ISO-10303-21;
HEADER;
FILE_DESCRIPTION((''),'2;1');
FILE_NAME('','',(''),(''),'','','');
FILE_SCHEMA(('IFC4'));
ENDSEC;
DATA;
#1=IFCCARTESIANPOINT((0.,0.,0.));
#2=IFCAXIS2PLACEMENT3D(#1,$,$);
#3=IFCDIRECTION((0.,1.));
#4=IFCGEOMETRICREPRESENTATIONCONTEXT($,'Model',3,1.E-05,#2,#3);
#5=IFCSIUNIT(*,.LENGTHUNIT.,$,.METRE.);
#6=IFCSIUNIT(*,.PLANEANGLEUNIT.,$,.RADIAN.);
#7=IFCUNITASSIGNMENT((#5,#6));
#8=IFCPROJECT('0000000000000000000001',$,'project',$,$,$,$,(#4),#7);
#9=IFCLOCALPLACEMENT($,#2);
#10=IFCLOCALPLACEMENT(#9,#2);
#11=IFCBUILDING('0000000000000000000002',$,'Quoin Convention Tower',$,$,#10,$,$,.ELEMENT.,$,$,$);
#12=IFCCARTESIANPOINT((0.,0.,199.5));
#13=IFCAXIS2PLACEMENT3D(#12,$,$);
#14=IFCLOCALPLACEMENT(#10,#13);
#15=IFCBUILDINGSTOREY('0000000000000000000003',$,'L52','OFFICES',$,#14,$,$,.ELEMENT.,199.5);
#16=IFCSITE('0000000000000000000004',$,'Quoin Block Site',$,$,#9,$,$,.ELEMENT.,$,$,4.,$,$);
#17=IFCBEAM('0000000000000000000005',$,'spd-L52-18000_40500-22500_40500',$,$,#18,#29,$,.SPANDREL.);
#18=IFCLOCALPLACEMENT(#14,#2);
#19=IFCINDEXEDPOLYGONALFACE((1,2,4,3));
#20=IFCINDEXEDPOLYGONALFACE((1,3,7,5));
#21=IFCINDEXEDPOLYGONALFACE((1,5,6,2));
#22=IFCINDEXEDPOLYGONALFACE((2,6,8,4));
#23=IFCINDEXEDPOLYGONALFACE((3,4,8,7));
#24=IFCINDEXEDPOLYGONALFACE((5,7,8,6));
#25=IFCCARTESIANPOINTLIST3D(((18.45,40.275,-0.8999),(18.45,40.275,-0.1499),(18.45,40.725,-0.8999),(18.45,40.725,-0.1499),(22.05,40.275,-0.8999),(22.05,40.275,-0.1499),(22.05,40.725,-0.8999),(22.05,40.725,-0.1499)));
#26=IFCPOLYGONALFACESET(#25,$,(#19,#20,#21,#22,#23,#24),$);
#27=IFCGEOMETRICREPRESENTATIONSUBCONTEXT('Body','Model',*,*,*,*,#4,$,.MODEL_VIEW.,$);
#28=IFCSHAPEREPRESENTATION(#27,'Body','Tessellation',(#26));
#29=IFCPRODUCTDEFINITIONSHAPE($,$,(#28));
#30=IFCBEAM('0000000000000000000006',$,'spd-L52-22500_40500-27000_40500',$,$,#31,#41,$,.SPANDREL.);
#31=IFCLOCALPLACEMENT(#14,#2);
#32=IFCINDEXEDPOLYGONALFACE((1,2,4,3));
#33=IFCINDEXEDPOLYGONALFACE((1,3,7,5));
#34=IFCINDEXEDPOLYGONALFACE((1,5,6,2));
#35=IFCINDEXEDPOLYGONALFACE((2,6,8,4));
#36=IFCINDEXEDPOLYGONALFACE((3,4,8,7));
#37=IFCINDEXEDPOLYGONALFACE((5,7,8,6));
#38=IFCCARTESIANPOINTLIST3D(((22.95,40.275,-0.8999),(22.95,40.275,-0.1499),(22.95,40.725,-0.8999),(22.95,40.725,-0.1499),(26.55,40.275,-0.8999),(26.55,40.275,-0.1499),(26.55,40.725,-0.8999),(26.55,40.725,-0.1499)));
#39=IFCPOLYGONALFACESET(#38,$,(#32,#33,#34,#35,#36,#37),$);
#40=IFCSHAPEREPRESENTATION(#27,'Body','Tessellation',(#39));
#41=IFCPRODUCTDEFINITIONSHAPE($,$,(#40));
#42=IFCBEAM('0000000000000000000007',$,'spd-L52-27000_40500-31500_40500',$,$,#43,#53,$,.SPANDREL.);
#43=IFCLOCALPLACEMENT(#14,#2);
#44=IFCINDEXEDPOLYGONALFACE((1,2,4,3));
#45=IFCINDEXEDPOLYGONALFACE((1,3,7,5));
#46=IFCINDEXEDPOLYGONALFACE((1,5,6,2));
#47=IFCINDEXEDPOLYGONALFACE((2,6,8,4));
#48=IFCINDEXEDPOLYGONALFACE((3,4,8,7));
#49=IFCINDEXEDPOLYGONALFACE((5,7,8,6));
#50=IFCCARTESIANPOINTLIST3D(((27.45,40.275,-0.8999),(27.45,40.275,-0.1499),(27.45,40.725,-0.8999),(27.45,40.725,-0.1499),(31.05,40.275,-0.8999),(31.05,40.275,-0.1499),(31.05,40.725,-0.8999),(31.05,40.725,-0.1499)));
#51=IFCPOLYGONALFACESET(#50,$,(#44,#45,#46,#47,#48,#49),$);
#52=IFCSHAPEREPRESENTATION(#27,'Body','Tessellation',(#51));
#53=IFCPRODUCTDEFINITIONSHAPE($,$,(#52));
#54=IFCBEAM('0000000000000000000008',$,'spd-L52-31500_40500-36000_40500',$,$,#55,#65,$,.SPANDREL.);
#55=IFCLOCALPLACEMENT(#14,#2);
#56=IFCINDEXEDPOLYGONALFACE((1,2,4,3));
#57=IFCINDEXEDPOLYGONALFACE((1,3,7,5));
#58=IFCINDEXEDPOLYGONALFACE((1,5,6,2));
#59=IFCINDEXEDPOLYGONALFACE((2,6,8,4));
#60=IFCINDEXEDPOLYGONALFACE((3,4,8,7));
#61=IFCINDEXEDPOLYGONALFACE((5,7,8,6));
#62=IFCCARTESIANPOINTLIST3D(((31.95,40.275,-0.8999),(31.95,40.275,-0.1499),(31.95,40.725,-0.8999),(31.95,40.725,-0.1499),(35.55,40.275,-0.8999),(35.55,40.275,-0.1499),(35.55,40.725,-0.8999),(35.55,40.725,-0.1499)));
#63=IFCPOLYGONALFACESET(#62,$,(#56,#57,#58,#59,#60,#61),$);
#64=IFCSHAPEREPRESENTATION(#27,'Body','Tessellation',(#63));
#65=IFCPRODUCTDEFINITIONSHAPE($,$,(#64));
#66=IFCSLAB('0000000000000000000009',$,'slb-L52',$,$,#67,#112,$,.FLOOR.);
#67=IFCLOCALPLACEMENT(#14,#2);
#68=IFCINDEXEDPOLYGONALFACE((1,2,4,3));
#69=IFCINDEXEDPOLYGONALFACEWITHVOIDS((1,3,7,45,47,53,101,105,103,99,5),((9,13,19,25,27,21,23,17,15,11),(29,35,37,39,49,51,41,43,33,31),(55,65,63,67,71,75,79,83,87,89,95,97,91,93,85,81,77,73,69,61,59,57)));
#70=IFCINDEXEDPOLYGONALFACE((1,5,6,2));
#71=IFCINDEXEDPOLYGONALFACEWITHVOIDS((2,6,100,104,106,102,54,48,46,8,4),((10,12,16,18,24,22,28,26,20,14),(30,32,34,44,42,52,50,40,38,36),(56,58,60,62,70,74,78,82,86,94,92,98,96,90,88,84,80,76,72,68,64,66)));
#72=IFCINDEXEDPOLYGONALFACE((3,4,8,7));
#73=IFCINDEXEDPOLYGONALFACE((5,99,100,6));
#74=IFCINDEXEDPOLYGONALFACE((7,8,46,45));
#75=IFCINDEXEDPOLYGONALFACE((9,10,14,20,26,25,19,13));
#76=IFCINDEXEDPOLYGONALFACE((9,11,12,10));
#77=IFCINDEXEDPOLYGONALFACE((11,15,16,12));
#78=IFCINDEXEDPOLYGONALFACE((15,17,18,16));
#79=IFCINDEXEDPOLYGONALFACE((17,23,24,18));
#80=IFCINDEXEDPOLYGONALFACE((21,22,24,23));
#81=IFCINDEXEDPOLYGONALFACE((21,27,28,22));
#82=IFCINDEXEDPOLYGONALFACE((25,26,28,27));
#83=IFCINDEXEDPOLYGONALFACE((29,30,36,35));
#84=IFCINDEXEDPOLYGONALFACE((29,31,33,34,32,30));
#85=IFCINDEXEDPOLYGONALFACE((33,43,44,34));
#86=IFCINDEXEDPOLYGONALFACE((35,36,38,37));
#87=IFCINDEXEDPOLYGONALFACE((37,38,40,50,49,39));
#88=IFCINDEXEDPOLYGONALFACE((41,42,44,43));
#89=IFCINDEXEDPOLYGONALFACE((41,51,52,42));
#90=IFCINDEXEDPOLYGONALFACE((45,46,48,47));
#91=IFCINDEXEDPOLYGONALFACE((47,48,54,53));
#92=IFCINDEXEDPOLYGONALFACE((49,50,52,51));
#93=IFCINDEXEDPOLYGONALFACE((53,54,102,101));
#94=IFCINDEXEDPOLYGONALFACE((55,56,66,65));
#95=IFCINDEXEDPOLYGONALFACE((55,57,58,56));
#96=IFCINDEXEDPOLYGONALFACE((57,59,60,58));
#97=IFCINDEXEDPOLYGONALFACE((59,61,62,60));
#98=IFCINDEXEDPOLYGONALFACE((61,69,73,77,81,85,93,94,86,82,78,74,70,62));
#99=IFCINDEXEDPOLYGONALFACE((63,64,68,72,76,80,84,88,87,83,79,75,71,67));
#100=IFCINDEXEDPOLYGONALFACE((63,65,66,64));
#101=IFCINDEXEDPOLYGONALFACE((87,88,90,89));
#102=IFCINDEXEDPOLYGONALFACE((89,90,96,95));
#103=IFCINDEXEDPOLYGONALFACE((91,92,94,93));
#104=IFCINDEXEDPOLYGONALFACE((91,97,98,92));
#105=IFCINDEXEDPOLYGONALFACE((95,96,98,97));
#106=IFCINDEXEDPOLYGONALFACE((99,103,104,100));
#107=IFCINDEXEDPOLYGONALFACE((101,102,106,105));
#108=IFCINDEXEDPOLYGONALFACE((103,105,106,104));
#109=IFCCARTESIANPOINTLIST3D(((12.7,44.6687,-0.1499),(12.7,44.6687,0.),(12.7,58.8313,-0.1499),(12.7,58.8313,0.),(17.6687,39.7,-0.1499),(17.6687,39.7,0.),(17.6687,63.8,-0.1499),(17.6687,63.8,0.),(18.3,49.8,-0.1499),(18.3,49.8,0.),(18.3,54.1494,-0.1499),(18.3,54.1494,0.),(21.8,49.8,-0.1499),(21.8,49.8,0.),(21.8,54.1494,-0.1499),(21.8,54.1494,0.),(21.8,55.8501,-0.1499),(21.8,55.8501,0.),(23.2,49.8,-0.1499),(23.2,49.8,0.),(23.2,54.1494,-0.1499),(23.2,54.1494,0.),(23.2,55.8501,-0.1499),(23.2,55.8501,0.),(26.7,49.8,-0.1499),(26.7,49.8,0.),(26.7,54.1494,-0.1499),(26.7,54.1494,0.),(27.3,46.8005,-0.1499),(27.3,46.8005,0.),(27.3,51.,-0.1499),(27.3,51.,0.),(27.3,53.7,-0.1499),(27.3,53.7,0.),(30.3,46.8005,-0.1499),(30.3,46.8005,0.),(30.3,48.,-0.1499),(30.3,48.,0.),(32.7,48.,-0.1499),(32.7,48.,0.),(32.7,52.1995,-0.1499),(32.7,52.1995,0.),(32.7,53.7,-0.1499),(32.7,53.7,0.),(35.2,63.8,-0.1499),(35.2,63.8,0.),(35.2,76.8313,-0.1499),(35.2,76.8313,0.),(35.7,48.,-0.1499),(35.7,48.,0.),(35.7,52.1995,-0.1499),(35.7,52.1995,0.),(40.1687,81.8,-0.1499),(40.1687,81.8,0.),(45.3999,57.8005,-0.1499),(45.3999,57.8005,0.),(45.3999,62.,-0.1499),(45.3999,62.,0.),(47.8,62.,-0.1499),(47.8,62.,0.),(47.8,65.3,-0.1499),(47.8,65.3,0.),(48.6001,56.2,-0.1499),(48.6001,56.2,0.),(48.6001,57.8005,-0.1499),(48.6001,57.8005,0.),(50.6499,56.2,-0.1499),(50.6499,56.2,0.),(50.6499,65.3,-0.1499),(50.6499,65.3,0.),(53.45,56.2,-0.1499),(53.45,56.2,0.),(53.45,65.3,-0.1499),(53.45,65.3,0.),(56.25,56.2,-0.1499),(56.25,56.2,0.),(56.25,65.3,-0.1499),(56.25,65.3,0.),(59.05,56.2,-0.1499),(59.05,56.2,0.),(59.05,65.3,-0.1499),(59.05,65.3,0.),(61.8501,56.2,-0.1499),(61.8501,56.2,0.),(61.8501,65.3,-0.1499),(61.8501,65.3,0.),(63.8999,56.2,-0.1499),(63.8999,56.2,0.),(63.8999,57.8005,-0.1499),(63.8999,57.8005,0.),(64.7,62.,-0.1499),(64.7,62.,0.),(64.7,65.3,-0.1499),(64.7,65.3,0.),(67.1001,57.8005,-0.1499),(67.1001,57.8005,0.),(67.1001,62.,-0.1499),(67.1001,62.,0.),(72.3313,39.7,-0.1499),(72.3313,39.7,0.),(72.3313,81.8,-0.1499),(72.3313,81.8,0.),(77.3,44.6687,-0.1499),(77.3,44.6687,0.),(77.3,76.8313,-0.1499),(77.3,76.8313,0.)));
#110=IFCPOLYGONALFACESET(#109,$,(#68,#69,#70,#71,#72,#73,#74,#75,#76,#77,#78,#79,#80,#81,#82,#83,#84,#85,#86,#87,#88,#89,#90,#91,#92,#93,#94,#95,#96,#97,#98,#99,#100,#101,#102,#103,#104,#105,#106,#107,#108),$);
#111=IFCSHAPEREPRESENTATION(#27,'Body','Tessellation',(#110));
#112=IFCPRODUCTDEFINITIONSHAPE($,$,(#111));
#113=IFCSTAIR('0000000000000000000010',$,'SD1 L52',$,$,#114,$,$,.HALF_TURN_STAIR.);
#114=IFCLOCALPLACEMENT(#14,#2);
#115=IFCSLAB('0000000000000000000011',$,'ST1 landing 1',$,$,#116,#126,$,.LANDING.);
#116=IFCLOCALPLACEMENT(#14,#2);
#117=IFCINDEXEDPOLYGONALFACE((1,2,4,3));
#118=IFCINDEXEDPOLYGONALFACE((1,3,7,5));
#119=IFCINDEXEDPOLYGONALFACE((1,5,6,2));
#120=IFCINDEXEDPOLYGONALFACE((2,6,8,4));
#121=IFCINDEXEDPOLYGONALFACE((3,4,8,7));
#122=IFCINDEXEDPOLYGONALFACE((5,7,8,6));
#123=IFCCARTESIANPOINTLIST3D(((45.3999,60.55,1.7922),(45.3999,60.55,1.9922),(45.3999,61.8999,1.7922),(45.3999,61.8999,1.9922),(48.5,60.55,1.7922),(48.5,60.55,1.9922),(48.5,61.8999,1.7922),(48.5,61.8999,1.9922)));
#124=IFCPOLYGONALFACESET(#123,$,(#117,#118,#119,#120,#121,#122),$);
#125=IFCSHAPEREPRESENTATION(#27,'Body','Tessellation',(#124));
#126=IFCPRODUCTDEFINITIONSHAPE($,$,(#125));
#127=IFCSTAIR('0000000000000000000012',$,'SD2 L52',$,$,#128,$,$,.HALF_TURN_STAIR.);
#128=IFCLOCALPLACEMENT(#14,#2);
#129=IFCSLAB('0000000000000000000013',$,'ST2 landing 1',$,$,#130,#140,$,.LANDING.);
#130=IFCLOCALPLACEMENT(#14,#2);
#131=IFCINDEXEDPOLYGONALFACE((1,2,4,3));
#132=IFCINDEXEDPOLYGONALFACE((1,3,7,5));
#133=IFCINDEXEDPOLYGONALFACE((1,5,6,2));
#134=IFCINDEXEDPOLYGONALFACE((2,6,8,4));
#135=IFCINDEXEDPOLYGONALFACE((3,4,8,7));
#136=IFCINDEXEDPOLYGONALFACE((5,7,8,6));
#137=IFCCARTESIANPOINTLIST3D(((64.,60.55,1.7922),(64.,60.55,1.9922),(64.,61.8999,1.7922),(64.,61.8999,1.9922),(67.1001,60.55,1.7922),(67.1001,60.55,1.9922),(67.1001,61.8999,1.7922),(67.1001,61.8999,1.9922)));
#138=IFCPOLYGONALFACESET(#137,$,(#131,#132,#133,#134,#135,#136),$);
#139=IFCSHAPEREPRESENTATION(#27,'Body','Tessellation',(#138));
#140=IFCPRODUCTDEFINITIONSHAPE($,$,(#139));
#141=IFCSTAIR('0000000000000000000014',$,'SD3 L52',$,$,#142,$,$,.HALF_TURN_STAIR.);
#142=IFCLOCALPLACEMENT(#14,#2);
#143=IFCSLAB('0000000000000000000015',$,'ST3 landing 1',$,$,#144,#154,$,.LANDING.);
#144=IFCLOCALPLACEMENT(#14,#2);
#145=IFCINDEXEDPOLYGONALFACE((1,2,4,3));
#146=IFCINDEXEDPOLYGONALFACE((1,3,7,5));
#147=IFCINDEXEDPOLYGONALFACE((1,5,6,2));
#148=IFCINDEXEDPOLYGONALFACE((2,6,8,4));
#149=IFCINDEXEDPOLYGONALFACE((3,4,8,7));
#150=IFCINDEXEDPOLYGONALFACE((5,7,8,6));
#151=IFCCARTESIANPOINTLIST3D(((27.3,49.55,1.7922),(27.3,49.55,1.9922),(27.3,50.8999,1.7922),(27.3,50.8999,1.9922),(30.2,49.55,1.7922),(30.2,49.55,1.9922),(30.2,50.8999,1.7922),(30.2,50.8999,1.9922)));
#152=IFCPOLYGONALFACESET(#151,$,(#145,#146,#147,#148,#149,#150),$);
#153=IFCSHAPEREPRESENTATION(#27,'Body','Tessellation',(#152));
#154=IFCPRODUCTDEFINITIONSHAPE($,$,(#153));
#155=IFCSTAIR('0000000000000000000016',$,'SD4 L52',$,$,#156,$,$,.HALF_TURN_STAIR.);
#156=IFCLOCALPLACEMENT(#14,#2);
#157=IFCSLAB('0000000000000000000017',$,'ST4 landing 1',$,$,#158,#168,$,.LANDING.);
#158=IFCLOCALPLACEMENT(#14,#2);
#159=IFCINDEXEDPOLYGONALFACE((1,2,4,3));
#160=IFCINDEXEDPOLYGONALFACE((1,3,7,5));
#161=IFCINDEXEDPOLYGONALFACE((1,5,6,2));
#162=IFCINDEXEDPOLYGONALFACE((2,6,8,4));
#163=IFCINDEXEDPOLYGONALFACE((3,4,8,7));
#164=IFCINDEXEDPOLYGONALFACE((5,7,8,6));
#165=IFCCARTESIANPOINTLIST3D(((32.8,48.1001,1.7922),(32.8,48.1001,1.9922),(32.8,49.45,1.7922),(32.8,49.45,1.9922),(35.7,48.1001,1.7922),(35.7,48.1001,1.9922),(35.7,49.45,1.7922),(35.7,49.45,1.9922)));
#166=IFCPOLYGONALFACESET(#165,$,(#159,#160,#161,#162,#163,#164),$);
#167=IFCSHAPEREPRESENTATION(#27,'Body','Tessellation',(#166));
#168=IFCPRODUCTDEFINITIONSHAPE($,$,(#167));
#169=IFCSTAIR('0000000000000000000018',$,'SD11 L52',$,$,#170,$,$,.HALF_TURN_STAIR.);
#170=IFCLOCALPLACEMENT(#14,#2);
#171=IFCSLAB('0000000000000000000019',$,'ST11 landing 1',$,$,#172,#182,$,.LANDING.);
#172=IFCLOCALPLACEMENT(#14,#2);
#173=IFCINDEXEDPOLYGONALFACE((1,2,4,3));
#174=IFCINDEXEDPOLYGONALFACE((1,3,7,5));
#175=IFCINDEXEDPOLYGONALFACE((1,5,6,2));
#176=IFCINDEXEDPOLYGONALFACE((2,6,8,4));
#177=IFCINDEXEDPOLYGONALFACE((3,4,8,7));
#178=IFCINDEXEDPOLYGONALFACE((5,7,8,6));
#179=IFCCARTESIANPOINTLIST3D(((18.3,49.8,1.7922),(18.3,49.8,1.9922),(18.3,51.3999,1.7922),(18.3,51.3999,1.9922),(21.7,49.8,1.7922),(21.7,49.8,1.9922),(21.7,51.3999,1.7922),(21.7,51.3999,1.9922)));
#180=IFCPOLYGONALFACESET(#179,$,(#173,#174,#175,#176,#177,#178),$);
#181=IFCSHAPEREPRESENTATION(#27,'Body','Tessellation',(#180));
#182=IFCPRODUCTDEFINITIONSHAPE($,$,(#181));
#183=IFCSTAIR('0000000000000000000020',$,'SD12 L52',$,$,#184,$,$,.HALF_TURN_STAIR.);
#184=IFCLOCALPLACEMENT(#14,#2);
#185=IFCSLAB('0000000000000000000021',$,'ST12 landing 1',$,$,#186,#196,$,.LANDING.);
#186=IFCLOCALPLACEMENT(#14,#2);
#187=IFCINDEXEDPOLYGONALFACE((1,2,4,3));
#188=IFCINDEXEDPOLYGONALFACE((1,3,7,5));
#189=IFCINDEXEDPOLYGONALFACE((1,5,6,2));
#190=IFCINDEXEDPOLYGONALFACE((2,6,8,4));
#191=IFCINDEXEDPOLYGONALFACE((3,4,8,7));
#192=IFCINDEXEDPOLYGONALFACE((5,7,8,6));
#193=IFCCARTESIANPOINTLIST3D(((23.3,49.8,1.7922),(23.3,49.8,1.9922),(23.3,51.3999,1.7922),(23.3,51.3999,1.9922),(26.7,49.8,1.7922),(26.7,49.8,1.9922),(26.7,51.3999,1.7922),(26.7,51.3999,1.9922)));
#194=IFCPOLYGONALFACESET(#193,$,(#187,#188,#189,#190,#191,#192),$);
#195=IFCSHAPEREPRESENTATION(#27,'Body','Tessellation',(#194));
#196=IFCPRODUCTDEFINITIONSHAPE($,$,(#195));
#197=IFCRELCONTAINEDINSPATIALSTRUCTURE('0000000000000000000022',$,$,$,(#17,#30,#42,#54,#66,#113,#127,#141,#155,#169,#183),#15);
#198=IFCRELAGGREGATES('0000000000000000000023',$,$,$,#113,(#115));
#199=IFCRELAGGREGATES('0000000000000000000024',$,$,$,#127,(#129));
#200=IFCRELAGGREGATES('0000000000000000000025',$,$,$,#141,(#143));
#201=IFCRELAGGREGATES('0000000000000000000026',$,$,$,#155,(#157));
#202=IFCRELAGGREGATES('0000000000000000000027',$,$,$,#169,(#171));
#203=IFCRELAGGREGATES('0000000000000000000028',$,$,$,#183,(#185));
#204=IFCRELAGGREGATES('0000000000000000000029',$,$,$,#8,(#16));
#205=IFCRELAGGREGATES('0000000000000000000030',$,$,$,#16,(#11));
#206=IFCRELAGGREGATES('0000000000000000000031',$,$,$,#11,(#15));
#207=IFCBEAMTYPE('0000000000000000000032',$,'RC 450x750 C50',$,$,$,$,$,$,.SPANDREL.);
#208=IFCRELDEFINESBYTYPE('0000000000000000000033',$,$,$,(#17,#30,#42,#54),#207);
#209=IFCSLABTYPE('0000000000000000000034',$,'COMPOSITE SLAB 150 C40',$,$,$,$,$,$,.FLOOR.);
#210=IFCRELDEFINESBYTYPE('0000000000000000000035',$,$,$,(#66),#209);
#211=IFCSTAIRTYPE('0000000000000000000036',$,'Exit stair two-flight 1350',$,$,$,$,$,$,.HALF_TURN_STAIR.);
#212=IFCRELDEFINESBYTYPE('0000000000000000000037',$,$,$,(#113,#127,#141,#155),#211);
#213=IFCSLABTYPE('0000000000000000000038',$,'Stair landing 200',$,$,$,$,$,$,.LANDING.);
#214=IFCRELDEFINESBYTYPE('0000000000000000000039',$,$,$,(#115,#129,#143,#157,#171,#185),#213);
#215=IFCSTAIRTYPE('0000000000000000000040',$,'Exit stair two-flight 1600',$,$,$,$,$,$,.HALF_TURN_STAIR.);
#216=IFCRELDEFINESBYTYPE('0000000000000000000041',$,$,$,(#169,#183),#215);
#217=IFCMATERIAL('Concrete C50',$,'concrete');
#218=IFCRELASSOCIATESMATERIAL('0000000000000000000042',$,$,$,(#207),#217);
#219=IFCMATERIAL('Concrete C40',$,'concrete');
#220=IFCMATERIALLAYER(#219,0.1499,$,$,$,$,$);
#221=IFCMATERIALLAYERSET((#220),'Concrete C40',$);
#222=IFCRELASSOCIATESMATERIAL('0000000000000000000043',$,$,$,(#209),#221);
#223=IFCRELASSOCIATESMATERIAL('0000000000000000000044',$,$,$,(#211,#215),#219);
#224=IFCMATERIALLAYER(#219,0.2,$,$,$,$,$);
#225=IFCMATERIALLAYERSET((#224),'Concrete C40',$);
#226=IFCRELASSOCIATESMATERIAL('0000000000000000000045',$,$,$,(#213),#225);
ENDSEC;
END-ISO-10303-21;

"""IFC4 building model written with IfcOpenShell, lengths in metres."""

from ifc_helpers import new_model, si_unit, direction, frame, origin, origin_2d, place, context, subcontext, project, spatial, polyline, rectangle, outline, extrude, material, layer, layer_set, material_profile, profile_set, type_object, element, aggregate, save


model = new_model("IFC4")

# Units and contexts
model_context = context("Model", 3, precision=1e-05, world=origin(), true_north=direction((0.0, 1.0)))
body_context = subcontext(model_context, "Body", "Model", "MODEL_VIEW")
ifc_project = project(units=[si_unit("LENGTHUNIT", "METRE"), si_unit("PLANEANGLEUNIT", "RADIAN")], contexts=[model_context])

# Site, building, storey
site_placement = place(None, origin())
site = spatial("IfcSite", under=ifc_project, at=site_placement, Name="Quoin Block Site", CompositionType="ELEMENT", RefElevation=4.0)
building_placement = place(site_placement, origin())
building = spatial("IfcBuilding", under=site, at=building_placement, Name="Quoin Convention Tower", CompositionType="ELEMENT")
storey_placement = place(building_placement, frame((0.0, 0.0, 199.5)))
storey = spatial("IfcBuildingStorey", under=building, at=storey_placement, Name="L52", Description="OFFICES", CompositionType="ELEMENT", Elevation=199.5)

# Shared definitions
ifc_material_1 = material(Name="Concrete C50", Category="concrete")

# Beams
ifc_material_profile_1 = material_profile(ifc_material_1, rectangle(XDim=0.45, YDim=0.75, at=origin_2d()), Name="RC 450x750")
ifc_profile_set_1 = profile_set([ifc_material_profile_1], Name="Concrete C50")
beam_type_1 = type_object("IfcBeamType", Name="RC 450x750 C50", PredefinedType="SPANDREL", material=ifc_profile_set_1)
for number, where, z_axis, x_axis, name in (
    (1, (18.45, 40.5, -0.5249), (1.0, 0.0, 0.0), (0.0, 1.0, 0.0), "spd-L52-18000_40500-22500_40500"),
    (2, (22.95, 40.5, -0.5249), (1.0, 0.0, 0.0), (0.0, 1.0, 0.0), "spd-L52-22500_40500-27000_40500"),
    (3, (27.45, 40.5, -0.5249), (1.0, 0.0, 0.0), (0.0, 1.0, 0.0), "spd-L52-27000_40500-31500_40500"),
    (4, (31.95, 40.5, -0.5249), (1.0, 0.0, 0.0), (0.0, 1.0, 0.0), "spd-L52-31500_40500-36000_40500"),
):
    element("IfcBeam", number, at=place(storey_placement, frame(where, z_axis=z_axis, x_axis=x_axis)), inside=storey, type_object=beam_type_1, Name=name, PredefinedType="SPANDREL", context=body_context, shape_type="SweptSolid", body=[
        extrude(rectangle(XDim=0.45, YDim=0.75, at=origin_2d()), origin(), (0.0, 0.0, 1.0), 3.6001),
    ])

# Slab
ifc_material_2 = material(Name="Concrete C40", Category="concrete")
ifc_layer_1 = layer(ifc_material_2, 0.1499)
ifc_layer_set_1 = layer_set([ifc_layer_1], Name="Concrete C40")
slab_type_1 = type_object("IfcSlabType", Name="COMPOSITE SLAB 150 C40", PredefinedType="FLOOR", material=ifc_layer_set_1)
slab_1_placement = place(storey_placement, frame((0.0, 0.0, -0.1499)))
element("IfcSlab", 5, at=slab_1_placement, inside=storey, type_object=slab_type_1, Name="slb-L52", PredefinedType="FLOOR", context=body_context, shape_type="SweptSolid", body=[
    extrude(outline(polyline([(17.6687, 39.7), (12.7, 44.6687), (12.7, 58.8313), (17.6687, 63.8), (35.2, 63.8), (35.2, 76.8313), (40.1687, 81.8), (72.3313, 81.8), (77.3, 76.8313), (77.3, 44.6687), (72.3313, 39.7), (17.6687, 39.7)]), holes=[polyline([(27.3, 51.0), (27.3, 46.8005), (30.3, 46.8005), (30.3, 48.0), (32.7, 48.0), (35.7, 48.0), (35.7, 52.1995), (32.7, 52.1995), (32.7, 53.7), (27.3, 53.7), (27.3, 51.0)]), polyline([(18.3, 49.8), (21.8, 49.8), (23.2, 49.8), (26.7, 49.8), (26.7, 54.1494), (23.2, 54.1494), (23.2, 55.8501), (21.8, 55.8501), (21.8, 54.1494), (18.3, 54.1494), (18.3, 49.8)]), polyline([(48.6001, 56.2), (50.6499, 56.2), (53.45, 56.2), (56.25, 56.2), (59.05, 56.2), (61.8501, 56.2), (63.8999, 56.2), (63.8999, 57.8005), (67.1001, 57.8005), (67.1001, 62.0), (64.7, 62.0), (64.7, 65.3), (61.8501, 65.3), (59.05, 65.3), (56.25, 65.3), (53.45, 65.3), (50.6499, 65.3), (47.8, 65.3), (47.8, 62.0), (45.3999, 62.0), (45.3999, 57.8005), (48.6001, 57.8005), (48.6001, 56.2)])]), origin(), (0.0, 0.0, 1.0), 0.1499),
])

# Stairs, slabs
stair_type_1 = type_object("IfcStairType", Name="Exit stair two-flight 1350", PredefinedType="HALF_TURN_STAIR", material=ifc_material_2)
stair_1_placement = place(storey_placement, origin())
stair_1 = element("IfcStair", 6, at=stair_1_placement, inside=storey, type_object=stair_type_1, Name="SD1 L52", PredefinedType="HALF_TURN_STAIR")
ifc_layer_2 = layer(ifc_material_2, 0.2)
ifc_layer_set_2 = layer_set([ifc_layer_2], Name="Concrete C40")
slab_type_2 = type_object("IfcSlabType", Name="Stair landing 200", PredefinedType="LANDING", material=ifc_layer_set_2)
slab_2_placement = place(storey_placement, frame((0.0, 0.0, 1.7922)))
slab_2 = element("IfcSlab", 7, at=slab_2_placement, type_object=slab_type_2, Name="ST1 landing 1", PredefinedType="LANDING", context=body_context, shape_type="SweptSolid", body=[
    extrude(outline(polyline([(45.3999, 60.55), (48.5, 60.55), (48.5, 61.8999), (45.3999, 61.8999), (45.3999, 60.55)])), origin(), (0.0, 0.0, 1.0), 0.2),
])
aggregate(stair_1, [slab_2])
stair_2_placement = place(storey_placement, origin())
stair_2 = element("IfcStair", 8, at=stair_2_placement, inside=storey, type_object=stair_type_1, Name="SD2 L52", PredefinedType="HALF_TURN_STAIR")
slab_3_placement = place(storey_placement, frame((0.0, 0.0, 1.7922)))
slab_3 = element("IfcSlab", 9, at=slab_3_placement, type_object=slab_type_2, Name="ST2 landing 1", PredefinedType="LANDING", context=body_context, shape_type="SweptSolid", body=[
    extrude(outline(polyline([(64.0, 60.55), (67.1001, 60.55), (67.1001, 61.8999), (64.0, 61.8999), (64.0, 60.55)])), origin(), (0.0, 0.0, 1.0), 0.2),
])
aggregate(stair_2, [slab_3])
stair_3_placement = place(storey_placement, origin())
stair_3 = element("IfcStair", 10, at=stair_3_placement, inside=storey, type_object=stair_type_1, Name="SD3 L52", PredefinedType="HALF_TURN_STAIR")
slab_4_placement = place(storey_placement, frame((0.0, 0.0, 1.7922)))
slab_4 = element("IfcSlab", 11, at=slab_4_placement, type_object=slab_type_2, Name="ST3 landing 1", PredefinedType="LANDING", context=body_context, shape_type="SweptSolid", body=[
    extrude(outline(polyline([(27.3, 49.55), (30.2, 49.55), (30.2, 50.8999), (27.3, 50.8999), (27.3, 49.55)])), origin(), (0.0, 0.0, 1.0), 0.2),
])
aggregate(stair_3, [slab_4])
stair_4_placement = place(storey_placement, origin())
stair_4 = element("IfcStair", 12, at=stair_4_placement, inside=storey, type_object=stair_type_1, Name="SD4 L52", PredefinedType="HALF_TURN_STAIR")
slab_5_placement = place(storey_placement, frame((0.0, 0.0, 1.7922)))
slab_5 = element("IfcSlab", 13, at=slab_5_placement, type_object=slab_type_2, Name="ST4 landing 1", PredefinedType="LANDING", context=body_context, shape_type="SweptSolid", body=[
    extrude(outline(polyline([(35.7, 49.45), (32.8, 49.45), (32.8, 48.1001), (35.7, 48.1001), (35.7, 49.45)])), origin(), (0.0, 0.0, 1.0), 0.2),
])
aggregate(stair_4, [slab_5])
stair_type_2 = type_object("IfcStairType", Name="Exit stair two-flight 1600", PredefinedType="HALF_TURN_STAIR", material=ifc_material_2)
stair_5_placement = place(storey_placement, origin())
stair_5 = element("IfcStair", 14, at=stair_5_placement, inside=storey, type_object=stair_type_2, Name="SD11 L52", PredefinedType="HALF_TURN_STAIR")
slab_6_placement = place(storey_placement, frame((0.0, 0.0, 1.7922)))
slab_6 = element("IfcSlab", 15, at=slab_6_placement, type_object=slab_type_2, Name="ST11 landing 1", PredefinedType="LANDING", context=body_context, shape_type="SweptSolid", body=[
    extrude(outline(polyline([(21.7, 51.3999), (18.3, 51.3999), (18.3, 49.8), (21.7, 49.8), (21.7, 51.3999)])), origin(), (0.0, 0.0, 1.0), 0.2),
])
aggregate(stair_5, [slab_6])
stair_6_placement = place(storey_placement, origin())
stair_6 = element("IfcStair", 16, at=stair_6_placement, inside=storey, type_object=stair_type_2, Name="SD12 L52", PredefinedType="HALF_TURN_STAIR")
slab_7_placement = place(storey_placement, frame((0.0, 0.0, 1.7922)))
slab_7 = element("IfcSlab", 17, at=slab_7_placement, type_object=slab_type_2, Name="ST12 landing 1", PredefinedType="LANDING", context=body_context, shape_type="SweptSolid", body=[
    extrude(outline(polyline([(26.7, 51.3999), (23.3, 51.3999), (23.3, 49.8), (26.7, 49.8), (26.7, 51.3999)])), origin(), (0.0, 0.0, 1.0), 0.2),
])
aggregate(stair_6, [slab_7])

save(model, "model.ifc")
